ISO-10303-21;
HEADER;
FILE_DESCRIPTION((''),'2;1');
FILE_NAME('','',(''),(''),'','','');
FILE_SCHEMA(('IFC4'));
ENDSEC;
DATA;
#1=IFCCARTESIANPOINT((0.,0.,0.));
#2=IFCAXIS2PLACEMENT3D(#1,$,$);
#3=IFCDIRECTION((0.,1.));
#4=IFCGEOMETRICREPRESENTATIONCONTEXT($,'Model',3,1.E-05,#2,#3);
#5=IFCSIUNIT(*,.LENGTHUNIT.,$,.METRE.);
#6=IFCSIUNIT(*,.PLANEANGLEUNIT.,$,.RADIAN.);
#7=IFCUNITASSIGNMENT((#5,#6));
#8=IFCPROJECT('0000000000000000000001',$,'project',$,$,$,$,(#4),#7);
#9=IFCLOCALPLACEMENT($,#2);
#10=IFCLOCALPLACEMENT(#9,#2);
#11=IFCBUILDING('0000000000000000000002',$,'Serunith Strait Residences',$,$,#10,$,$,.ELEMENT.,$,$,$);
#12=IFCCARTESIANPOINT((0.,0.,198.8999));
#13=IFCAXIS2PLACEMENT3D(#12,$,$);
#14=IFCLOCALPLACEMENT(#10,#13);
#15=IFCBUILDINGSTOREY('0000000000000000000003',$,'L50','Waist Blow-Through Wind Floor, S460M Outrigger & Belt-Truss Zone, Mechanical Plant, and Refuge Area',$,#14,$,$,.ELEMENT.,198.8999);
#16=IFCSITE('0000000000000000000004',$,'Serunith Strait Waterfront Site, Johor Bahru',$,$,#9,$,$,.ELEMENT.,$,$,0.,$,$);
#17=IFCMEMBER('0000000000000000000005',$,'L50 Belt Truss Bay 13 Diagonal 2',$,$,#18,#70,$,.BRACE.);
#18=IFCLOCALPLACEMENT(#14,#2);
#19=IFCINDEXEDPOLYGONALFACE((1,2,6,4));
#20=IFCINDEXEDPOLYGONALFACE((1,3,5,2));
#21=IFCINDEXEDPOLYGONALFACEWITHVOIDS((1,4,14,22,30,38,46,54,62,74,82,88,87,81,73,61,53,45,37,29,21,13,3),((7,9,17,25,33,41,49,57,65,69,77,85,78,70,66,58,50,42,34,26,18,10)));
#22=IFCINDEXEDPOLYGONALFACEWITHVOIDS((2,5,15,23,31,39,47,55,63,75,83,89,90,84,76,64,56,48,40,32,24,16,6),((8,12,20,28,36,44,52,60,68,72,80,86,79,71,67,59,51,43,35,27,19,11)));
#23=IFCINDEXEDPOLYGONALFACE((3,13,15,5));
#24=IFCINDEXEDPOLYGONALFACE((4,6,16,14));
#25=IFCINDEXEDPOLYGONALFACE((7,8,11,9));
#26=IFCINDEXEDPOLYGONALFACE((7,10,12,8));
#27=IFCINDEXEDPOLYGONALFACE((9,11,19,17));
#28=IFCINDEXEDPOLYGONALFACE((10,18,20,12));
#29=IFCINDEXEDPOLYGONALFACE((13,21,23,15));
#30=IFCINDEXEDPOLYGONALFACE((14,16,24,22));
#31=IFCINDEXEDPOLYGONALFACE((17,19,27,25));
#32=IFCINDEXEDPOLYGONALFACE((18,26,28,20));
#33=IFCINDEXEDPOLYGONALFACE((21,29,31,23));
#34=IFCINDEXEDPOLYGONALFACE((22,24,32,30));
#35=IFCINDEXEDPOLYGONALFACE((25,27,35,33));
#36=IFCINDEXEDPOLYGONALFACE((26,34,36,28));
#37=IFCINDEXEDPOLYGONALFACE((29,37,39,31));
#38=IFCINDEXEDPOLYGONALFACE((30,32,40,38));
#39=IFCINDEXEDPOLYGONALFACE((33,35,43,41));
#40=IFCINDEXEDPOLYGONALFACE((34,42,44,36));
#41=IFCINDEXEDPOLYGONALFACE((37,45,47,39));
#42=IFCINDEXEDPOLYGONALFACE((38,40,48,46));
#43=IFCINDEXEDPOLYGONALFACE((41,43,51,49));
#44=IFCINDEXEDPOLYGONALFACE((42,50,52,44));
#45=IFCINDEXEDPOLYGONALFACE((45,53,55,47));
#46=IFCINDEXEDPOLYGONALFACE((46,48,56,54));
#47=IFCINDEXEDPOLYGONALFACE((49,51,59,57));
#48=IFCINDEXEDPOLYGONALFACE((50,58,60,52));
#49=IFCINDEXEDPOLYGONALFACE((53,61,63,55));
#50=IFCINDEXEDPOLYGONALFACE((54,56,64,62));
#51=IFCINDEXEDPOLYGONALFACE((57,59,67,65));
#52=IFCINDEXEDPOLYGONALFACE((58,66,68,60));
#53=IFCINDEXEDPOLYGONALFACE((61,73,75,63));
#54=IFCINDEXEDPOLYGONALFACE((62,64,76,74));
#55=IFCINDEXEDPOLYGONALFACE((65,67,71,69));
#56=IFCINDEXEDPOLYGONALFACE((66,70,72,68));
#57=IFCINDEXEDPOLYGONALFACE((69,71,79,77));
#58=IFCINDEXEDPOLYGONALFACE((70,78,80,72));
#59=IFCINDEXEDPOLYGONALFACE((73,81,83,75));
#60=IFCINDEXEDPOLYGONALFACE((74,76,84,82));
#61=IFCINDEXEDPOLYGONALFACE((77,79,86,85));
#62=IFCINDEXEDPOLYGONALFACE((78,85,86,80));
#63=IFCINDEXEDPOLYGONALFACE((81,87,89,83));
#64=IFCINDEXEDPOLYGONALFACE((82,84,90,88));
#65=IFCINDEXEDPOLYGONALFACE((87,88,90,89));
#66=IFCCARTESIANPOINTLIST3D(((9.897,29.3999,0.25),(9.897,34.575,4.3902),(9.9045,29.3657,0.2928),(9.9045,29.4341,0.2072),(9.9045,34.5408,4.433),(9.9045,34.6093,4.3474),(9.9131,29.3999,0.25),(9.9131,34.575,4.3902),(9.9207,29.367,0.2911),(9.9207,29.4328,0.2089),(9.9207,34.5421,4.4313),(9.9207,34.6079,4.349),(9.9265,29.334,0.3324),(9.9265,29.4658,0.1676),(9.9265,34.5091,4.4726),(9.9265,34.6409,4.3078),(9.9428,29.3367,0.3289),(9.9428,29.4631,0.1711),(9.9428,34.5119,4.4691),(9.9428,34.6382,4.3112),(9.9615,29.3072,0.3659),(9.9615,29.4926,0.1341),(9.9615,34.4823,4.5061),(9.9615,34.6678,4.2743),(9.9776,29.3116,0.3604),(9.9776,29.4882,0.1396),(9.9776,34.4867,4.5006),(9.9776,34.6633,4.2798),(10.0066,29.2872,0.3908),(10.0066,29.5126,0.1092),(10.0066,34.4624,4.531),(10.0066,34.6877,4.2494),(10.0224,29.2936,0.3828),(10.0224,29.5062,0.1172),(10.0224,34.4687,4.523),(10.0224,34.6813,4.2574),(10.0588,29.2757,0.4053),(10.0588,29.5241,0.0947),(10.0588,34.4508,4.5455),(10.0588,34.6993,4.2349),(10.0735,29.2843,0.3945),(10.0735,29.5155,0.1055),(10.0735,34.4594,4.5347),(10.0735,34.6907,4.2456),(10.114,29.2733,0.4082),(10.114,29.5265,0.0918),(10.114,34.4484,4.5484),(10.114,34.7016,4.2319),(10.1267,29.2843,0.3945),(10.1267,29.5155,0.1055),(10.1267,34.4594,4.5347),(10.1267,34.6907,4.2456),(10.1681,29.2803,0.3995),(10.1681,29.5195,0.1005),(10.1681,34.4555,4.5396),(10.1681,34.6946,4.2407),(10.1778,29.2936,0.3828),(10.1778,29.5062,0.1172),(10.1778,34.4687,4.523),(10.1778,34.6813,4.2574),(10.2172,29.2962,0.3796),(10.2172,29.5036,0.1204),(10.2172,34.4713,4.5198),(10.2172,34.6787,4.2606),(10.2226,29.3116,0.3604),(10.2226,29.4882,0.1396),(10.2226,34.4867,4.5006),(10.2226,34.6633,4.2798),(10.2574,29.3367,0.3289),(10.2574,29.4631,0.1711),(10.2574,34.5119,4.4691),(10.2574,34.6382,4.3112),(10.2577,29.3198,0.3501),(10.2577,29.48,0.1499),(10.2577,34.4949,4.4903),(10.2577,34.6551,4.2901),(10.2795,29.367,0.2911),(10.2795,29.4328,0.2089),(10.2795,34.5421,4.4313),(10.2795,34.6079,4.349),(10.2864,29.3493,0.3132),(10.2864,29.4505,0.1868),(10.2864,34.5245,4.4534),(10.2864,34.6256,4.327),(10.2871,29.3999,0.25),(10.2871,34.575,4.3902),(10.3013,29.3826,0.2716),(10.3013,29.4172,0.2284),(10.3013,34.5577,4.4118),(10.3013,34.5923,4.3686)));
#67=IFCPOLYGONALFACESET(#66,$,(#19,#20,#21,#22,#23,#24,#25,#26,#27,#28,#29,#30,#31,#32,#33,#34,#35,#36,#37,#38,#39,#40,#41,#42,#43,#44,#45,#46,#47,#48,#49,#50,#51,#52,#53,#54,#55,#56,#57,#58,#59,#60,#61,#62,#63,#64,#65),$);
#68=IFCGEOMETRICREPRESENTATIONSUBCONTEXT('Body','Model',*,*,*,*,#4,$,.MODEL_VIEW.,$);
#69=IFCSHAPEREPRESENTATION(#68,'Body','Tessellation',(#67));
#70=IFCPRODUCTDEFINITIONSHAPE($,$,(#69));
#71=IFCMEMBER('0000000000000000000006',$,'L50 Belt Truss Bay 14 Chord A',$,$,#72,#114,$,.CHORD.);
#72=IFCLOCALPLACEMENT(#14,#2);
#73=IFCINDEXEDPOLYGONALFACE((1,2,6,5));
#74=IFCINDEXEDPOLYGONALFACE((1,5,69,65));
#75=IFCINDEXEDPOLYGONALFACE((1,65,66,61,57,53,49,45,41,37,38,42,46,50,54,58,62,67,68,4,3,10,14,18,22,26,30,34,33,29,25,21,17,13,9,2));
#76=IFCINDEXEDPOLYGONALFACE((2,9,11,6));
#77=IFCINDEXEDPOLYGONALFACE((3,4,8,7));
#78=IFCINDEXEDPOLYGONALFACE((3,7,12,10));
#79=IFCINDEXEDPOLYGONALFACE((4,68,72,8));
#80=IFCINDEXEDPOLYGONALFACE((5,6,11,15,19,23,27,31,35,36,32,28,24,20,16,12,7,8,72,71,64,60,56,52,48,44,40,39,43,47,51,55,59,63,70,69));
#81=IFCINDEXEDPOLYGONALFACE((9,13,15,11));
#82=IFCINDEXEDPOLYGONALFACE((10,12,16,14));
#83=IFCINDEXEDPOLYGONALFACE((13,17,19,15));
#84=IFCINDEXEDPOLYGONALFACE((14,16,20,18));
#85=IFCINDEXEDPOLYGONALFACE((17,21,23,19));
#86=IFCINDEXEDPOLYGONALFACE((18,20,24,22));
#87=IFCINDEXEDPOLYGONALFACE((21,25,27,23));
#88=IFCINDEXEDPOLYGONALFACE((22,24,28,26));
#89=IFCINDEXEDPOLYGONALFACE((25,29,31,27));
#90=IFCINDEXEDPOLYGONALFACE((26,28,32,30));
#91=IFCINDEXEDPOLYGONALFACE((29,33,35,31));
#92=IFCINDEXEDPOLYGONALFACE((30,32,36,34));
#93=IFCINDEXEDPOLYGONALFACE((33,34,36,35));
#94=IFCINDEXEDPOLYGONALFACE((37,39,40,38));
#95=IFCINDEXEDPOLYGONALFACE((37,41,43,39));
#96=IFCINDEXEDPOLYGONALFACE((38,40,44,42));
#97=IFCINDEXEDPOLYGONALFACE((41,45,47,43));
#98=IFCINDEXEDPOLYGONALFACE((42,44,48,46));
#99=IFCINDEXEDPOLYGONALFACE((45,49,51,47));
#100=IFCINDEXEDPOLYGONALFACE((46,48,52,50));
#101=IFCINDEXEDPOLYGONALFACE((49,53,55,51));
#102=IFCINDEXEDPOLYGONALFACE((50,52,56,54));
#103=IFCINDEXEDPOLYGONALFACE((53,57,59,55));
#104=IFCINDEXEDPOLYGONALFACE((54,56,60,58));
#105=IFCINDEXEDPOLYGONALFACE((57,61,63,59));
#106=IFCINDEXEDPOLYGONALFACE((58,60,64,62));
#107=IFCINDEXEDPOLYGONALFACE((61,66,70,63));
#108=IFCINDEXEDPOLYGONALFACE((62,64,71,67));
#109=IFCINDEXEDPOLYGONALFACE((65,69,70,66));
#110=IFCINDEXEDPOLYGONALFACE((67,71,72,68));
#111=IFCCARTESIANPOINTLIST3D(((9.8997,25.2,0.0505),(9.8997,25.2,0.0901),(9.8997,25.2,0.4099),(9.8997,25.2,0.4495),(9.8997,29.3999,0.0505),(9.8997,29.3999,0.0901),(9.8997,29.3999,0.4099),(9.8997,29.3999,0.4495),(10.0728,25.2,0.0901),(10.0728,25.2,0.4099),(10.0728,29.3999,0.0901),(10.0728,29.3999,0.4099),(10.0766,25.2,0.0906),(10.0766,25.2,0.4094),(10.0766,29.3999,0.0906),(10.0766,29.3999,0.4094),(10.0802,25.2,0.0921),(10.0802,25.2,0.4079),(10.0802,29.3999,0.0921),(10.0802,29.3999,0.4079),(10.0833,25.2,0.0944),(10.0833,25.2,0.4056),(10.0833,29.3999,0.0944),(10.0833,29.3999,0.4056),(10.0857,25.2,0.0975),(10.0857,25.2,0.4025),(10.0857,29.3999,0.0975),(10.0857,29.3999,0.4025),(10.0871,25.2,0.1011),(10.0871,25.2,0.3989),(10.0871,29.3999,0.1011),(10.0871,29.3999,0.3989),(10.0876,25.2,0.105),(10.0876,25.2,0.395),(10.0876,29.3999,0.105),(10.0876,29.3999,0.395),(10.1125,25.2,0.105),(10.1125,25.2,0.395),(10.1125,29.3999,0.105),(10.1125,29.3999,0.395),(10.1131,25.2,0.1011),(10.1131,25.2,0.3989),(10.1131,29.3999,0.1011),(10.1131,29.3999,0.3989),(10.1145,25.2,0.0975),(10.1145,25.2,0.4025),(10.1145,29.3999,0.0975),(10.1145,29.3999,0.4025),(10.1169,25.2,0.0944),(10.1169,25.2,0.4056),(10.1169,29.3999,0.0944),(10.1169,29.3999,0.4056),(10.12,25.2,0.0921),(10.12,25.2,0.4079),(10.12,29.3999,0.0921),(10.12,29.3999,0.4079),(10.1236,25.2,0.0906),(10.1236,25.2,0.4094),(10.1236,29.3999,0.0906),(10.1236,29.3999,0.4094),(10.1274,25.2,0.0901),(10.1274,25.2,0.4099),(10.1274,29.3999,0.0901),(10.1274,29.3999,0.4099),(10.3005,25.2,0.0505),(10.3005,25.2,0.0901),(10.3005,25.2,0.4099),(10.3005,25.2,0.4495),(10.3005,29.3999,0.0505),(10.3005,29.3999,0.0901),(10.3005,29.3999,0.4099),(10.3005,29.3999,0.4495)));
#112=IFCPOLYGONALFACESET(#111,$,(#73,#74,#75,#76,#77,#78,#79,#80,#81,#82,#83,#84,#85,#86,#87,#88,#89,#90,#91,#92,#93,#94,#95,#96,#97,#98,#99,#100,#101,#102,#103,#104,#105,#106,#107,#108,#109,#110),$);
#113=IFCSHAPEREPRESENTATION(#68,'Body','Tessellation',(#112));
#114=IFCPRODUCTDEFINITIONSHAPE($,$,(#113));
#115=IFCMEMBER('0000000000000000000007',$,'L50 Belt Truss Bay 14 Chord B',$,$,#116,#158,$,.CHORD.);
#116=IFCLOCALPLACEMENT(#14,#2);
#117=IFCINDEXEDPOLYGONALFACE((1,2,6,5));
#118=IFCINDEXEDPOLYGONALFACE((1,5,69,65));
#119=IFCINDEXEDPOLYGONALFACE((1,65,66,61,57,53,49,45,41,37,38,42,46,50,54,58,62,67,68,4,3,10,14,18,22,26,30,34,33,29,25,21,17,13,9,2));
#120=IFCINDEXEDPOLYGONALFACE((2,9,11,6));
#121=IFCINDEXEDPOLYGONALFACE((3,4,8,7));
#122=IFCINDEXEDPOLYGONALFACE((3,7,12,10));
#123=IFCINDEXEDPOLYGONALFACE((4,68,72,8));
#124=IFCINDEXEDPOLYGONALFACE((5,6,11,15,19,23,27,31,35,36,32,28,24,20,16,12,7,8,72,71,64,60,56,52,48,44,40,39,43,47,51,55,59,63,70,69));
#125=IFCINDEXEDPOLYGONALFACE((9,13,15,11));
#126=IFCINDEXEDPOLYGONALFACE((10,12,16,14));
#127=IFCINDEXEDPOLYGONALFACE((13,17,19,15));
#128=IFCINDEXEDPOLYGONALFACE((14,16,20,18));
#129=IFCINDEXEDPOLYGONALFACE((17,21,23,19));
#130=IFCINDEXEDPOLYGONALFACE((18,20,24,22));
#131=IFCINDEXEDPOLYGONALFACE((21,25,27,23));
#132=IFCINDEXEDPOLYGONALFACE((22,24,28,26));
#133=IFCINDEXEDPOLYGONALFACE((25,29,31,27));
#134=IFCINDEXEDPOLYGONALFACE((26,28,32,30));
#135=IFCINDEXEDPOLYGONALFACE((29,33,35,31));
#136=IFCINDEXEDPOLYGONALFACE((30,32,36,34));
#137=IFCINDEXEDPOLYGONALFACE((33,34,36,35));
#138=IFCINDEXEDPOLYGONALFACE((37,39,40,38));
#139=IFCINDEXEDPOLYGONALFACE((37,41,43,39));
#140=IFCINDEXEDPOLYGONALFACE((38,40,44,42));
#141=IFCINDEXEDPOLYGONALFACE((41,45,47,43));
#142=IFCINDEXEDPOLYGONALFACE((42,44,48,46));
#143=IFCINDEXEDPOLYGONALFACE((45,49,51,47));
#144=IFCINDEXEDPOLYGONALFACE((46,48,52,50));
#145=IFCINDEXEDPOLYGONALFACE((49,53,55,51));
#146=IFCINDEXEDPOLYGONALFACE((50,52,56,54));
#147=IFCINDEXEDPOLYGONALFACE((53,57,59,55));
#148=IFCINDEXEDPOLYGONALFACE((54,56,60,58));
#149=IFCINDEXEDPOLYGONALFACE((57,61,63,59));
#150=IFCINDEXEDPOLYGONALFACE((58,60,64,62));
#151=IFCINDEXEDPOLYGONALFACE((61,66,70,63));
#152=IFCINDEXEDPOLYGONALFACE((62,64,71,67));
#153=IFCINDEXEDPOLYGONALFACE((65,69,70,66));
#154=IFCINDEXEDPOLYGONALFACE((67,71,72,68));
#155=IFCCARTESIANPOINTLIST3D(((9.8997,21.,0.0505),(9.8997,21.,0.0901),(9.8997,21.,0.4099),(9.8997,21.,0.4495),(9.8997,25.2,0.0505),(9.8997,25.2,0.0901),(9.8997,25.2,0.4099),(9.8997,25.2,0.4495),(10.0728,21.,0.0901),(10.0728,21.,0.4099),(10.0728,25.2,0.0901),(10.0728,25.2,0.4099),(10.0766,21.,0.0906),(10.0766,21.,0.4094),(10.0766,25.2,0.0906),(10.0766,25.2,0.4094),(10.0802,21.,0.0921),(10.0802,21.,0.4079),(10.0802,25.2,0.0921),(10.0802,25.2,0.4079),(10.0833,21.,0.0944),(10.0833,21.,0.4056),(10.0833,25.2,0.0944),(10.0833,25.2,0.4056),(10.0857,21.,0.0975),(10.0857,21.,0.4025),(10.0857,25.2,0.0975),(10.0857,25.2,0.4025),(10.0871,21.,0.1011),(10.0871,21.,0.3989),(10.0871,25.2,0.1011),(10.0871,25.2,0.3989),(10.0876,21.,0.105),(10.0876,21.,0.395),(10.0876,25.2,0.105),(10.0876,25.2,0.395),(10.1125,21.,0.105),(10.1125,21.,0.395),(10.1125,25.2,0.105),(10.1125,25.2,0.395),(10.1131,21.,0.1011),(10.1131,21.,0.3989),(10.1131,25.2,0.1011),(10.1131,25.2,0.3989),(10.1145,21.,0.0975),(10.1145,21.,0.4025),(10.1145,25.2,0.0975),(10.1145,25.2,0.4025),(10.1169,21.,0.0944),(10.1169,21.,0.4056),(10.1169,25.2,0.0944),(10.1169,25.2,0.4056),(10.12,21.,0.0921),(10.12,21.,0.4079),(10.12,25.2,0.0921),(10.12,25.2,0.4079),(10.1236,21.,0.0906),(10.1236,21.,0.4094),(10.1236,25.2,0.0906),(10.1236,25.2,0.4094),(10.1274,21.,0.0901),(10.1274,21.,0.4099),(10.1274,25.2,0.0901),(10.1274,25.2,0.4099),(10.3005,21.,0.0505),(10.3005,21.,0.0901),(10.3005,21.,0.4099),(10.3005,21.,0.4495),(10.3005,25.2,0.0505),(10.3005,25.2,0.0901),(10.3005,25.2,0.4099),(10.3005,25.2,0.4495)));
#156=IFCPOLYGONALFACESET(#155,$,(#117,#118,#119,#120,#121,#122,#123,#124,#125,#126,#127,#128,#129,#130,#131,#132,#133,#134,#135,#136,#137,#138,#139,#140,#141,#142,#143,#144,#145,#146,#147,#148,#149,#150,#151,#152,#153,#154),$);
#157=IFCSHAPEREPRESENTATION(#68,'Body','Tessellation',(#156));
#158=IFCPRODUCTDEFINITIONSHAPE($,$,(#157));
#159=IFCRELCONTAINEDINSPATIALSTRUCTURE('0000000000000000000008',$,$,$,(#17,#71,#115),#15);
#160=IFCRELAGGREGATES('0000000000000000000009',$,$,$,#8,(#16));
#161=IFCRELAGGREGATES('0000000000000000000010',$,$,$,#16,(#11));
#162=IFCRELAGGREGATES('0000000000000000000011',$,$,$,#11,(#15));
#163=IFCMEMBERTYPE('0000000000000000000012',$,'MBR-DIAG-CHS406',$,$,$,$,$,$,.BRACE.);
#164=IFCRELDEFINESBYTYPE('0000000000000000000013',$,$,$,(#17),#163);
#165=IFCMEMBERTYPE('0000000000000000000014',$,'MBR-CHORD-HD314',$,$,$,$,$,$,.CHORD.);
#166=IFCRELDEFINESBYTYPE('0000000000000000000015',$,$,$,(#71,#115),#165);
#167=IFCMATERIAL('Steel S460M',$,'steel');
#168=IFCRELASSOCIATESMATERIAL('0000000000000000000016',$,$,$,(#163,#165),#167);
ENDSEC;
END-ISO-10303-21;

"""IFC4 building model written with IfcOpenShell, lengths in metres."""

from ifc_helpers import new_model, si_unit, direction, frame, origin, origin_2d, place, context, subcontext, project, spatial, hollow_circle, i_section, extrude, source, transform, mapped, material, material_profile, profile_set, type_object, element, save


model = new_model("IFC4")

# Units and contexts
model_context = context("Model", 3, precision=1e-05, world=origin(), true_north=direction((0.0, 1.0)))
body_context = subcontext(model_context, "Body", "Model", "MODEL_VIEW")
ifc_project = project(units=[si_unit("LENGTHUNIT", "METRE"), si_unit("PLANEANGLEUNIT", "RADIAN")], contexts=[model_context])

# Site, building, storey
site_placement = place(None, origin())
site = spatial("IfcSite", under=ifc_project, at=site_placement, Name="Serunith Strait Waterfront Site, Johor Bahru", CompositionType="ELEMENT", RefElevation=0.0)
building_placement = place(site_placement, origin())
building = spatial("IfcBuilding", under=site, at=building_placement, Name="Serunith Strait Residences", CompositionType="ELEMENT")
storey_placement = place(building_placement, frame((0.0, 0.0, 198.8999)))
storey = spatial("IfcBuildingStorey", under=building, at=storey_placement, Name="L50", Description="Waist Blow-Through Wind Floor, S460M Outrigger & Belt-Truss Zone, Mechanical Plant, and Refuge Area", CompositionType="ELEMENT", Elevation=198.8999)

# Members
ifc_material_1 = material(Name="Steel S460M", Category="steel")
ifc_material_profile_1 = material_profile(ifc_material_1, hollow_circle(Radius=0.2031, WallThickness=0.0161, at=origin_2d()), Name="CHS 406.4x16")
ifc_profile_set_1 = profile_set([ifc_material_profile_1], Name="Steel S460M")
member_type_1 = type_object("IfcMemberType", Name="MBR-DIAG-CHS406", PredefinedType="BRACE", material=ifc_profile_set_1)
shared_shape_1 = source(origin(), body_context, "Body", "SweptSolid", [
    extrude(hollow_circle(Radius=0.2031, WallThickness=0.0161, at=origin_2d()), origin(), (0.0, 0.0, 1.0), 6.6274),
])
member_1_placement = place(storey_placement, frame((10.1001, 29.3999, 0.25), z_axis=(0.0, 0.780862, 0.624704), x_axis=(-1.0, 0.0, 0.0)))
element("IfcMember", 1, at=member_1_placement, inside=storey, type_object=member_type_1, Name="L50 Belt Truss Bay 13 Diagonal 2", PredefinedType="BRACE", context=body_context, shape_type="MappedRepresentation", body=[
    mapped(shared_shape_1, transform((0.0, 0.0, 0.0), scale=1.0)),
])
ifc_material_profile_2 = material_profile(ifc_material_1, i_section(OverallWidth=0.4009, OverallDepth=0.3989, WebThickness=0.0249, FlangeThickness=0.0396, FilletRadius=0.0149, at=origin_2d()), Name="HD 400x314")
ifc_profile_set_2 = profile_set([ifc_material_profile_2], Name="Steel S460M")
member_type_2 = type_object("IfcMemberType", Name="MBR-CHORD-HD314", PredefinedType="CHORD", material=ifc_profile_set_2)
shared_shape_2 = source(origin(), body_context, "Body", "SweptSolid", [
    extrude(i_section(OverallWidth=0.4009, OverallDepth=0.3989, WebThickness=0.0249, FlangeThickness=0.0396, FilletRadius=0.0149, at=origin_2d()), origin(), (0.0, 0.0, 1.0), 4.2),
])
for number, where, z_axis, x_axis, name in (
    (2, (10.1001, 29.3999, 0.25), (0.0, -1.0, 0.0), (1.0, 0.0, 0.0), "L50 Belt Truss Bay 14 Chord A"),
    (3, (10.1001, 25.2, 0.25), (0.0, -1.0, 0.0), (1.0, 0.0, 0.0), "L50 Belt Truss Bay 14 Chord B"),
):
    element("IfcMember", number, at=place(storey_placement, frame(where, z_axis=z_axis, x_axis=x_axis)), inside=storey, type_object=member_type_2, Name=name, PredefinedType="CHORD", context=body_context, shape_type="MappedRepresentation", body=[
        mapped(shared_shape_2, transform((0.0, 0.0, 0.0), scale=1.0)),
    ])

save(model, "model.ifc")
